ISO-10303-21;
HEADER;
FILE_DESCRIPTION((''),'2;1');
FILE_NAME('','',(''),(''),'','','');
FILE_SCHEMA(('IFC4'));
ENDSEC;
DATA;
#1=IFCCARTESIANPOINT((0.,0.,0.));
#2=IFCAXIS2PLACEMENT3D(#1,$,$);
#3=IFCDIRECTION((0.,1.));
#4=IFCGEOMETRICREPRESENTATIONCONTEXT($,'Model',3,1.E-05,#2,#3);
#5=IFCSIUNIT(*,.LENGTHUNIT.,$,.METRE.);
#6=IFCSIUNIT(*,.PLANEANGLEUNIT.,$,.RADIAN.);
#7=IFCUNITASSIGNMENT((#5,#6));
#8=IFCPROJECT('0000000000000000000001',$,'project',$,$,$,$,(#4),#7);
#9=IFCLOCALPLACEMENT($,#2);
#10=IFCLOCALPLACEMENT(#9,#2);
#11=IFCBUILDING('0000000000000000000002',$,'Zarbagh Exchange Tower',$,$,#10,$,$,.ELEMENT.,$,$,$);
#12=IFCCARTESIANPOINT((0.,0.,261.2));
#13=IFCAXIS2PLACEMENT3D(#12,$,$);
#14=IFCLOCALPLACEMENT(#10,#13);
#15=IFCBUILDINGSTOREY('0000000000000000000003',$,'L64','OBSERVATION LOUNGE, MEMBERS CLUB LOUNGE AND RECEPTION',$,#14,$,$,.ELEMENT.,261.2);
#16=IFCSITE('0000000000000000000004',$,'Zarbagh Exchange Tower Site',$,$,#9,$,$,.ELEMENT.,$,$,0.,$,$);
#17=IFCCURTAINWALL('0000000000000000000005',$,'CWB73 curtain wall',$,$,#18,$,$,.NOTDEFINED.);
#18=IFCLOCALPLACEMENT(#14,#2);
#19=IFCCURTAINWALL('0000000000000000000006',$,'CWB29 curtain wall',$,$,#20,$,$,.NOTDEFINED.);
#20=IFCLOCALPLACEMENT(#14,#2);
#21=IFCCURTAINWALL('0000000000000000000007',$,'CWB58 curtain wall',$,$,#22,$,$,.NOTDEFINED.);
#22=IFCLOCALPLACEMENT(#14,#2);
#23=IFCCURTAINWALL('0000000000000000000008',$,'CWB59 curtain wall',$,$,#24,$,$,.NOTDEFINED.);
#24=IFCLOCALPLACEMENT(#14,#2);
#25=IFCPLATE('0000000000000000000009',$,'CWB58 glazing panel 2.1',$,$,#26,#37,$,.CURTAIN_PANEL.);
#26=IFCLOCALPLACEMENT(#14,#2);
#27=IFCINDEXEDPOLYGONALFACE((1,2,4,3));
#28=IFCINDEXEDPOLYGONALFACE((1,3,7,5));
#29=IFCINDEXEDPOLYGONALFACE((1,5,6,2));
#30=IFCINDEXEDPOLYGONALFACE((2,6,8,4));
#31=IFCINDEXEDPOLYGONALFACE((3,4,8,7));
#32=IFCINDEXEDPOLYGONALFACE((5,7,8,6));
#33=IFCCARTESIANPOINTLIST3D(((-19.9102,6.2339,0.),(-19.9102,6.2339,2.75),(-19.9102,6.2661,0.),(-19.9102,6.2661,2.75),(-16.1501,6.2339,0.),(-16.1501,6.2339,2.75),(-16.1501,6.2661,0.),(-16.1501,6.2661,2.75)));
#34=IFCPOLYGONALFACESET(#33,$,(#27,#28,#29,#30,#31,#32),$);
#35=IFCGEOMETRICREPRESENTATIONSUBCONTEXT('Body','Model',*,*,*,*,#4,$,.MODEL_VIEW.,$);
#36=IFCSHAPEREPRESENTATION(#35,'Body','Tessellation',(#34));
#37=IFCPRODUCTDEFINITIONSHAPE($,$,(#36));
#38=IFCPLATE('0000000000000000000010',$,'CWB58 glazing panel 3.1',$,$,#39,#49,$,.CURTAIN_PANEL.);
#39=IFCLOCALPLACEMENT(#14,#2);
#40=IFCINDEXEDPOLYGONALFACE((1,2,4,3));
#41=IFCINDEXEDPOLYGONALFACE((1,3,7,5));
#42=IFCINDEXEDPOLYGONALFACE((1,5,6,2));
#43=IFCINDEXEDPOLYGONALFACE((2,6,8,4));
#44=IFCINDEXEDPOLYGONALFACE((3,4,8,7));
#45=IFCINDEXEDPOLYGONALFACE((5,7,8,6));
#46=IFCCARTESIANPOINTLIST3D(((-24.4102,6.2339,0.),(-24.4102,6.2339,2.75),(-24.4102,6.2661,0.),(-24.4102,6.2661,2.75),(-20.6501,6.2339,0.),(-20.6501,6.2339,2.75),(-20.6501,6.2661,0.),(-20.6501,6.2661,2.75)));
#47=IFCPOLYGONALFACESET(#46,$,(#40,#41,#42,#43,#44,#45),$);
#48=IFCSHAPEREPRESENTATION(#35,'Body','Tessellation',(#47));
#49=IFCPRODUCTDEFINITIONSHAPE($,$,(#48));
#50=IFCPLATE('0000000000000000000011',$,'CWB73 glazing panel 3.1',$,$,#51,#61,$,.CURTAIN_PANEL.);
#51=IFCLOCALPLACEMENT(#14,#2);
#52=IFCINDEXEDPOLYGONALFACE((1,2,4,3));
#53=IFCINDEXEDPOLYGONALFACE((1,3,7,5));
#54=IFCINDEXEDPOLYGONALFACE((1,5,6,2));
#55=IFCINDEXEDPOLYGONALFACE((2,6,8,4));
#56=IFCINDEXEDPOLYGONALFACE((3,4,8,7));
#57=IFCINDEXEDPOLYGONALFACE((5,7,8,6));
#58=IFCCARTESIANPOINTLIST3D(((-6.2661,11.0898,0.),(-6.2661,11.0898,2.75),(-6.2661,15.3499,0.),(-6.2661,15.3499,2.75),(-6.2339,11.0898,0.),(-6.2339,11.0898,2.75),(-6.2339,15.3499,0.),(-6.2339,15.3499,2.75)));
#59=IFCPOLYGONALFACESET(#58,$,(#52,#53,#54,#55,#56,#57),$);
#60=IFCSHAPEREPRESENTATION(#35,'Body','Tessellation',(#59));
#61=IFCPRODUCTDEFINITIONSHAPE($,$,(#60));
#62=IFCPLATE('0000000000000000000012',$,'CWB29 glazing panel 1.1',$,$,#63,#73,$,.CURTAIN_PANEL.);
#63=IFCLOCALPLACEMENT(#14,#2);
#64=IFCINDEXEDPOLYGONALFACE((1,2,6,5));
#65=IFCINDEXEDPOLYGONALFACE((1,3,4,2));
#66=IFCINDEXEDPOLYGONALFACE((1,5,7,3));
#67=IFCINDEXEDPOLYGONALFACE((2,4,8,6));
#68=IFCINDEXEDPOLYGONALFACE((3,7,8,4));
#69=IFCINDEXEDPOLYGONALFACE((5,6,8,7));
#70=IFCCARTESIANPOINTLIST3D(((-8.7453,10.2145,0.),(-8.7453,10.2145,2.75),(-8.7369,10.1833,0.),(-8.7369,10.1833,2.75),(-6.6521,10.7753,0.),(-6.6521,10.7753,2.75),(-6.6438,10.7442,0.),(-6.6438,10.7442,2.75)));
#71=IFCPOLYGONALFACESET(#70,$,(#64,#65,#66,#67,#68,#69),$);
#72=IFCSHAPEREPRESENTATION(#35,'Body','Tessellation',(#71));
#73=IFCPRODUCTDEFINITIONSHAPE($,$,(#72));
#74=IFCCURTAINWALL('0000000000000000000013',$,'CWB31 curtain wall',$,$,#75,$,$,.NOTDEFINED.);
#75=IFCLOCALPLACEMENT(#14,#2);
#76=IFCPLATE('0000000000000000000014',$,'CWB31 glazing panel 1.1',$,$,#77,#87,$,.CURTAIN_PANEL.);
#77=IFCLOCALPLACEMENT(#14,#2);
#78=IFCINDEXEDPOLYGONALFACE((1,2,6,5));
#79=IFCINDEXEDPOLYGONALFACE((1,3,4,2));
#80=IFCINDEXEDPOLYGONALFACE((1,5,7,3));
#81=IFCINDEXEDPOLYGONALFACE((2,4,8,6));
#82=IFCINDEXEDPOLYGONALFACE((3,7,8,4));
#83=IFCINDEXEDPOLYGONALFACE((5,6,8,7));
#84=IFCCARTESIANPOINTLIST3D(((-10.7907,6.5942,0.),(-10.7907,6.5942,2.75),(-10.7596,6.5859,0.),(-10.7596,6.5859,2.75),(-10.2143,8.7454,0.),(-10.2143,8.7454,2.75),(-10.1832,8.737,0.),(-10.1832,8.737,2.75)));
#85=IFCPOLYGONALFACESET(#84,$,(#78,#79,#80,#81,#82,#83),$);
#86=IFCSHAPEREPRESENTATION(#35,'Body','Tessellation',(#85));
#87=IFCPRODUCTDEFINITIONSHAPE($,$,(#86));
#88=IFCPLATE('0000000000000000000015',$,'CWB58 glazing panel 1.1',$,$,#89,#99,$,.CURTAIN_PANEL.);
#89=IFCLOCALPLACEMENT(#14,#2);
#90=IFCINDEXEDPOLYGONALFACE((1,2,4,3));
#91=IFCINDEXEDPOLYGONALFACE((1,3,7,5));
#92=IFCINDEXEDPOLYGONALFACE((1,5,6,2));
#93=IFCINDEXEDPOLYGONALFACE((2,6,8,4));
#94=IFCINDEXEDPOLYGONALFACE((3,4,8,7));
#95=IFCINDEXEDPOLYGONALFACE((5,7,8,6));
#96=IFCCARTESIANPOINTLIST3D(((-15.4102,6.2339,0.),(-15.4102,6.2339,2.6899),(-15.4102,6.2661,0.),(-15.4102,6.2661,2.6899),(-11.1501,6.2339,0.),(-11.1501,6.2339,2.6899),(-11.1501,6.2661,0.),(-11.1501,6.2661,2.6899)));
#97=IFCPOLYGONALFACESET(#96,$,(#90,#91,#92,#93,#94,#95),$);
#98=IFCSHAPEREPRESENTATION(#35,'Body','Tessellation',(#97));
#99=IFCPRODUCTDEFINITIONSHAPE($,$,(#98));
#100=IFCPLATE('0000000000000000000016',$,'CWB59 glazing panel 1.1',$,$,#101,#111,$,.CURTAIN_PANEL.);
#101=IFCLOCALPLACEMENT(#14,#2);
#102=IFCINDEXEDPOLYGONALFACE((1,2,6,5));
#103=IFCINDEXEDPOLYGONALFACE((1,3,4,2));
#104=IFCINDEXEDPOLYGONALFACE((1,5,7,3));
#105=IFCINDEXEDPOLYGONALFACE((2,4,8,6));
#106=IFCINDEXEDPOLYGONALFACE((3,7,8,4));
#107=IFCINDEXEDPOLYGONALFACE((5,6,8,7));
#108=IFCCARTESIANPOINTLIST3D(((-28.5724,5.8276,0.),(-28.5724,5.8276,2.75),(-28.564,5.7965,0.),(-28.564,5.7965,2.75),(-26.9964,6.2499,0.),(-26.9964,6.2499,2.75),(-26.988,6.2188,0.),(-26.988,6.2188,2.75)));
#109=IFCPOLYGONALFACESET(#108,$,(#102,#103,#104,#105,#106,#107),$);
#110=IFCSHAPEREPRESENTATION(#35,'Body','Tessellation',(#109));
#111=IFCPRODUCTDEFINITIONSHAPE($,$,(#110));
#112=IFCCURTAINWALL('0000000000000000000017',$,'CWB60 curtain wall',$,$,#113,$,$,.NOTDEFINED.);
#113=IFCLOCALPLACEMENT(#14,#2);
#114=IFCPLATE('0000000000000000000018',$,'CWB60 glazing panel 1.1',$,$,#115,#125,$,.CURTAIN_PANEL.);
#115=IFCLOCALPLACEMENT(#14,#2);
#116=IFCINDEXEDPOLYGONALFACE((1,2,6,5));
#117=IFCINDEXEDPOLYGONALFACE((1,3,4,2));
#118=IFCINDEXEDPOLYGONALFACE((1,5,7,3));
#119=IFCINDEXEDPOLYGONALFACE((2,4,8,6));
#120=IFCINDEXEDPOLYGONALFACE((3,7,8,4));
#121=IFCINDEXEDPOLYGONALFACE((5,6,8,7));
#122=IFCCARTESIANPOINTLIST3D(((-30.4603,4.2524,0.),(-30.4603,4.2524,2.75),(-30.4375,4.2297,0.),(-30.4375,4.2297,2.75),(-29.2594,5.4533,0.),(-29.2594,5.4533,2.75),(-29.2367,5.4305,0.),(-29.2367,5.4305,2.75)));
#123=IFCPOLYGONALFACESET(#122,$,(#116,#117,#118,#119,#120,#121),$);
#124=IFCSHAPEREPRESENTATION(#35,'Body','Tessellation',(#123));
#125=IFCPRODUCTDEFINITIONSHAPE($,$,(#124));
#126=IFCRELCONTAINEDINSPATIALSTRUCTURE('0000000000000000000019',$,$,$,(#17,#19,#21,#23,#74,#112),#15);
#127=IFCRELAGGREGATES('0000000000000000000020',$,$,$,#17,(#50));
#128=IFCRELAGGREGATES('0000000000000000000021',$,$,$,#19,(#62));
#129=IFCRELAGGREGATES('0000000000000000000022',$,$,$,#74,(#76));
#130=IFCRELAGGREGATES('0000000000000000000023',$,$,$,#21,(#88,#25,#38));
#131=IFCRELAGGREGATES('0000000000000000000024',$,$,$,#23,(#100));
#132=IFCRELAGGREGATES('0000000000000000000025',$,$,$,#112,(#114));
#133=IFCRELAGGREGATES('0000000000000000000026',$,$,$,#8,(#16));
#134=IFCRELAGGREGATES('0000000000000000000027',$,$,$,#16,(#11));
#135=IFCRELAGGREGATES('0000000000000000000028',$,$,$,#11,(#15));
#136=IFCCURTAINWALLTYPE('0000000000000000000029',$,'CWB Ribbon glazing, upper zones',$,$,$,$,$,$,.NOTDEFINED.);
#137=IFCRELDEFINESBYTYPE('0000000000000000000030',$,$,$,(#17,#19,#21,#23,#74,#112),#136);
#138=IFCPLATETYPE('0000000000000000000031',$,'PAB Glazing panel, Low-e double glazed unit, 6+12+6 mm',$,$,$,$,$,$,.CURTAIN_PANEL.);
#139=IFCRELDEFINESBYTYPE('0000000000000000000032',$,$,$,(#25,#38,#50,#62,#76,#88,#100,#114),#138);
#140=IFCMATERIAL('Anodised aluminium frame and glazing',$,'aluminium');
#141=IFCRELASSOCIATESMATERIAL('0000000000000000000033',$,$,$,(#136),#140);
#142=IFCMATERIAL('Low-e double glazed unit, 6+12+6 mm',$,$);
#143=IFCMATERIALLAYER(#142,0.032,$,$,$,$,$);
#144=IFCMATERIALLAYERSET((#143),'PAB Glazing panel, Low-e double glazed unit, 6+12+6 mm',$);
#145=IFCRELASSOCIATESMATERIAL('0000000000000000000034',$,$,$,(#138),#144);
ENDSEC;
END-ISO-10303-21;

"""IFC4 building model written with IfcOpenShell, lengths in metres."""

from ifc_helpers import new_model, si_unit, direction, frame, origin, place, context, subcontext, project, spatial, polyline, outline, extrude, source, transform, mapped, material, layer, layer_set, type_object, element, aggregate, save


model = new_model("IFC4")

# Units and contexts
model_context = context("Model", 3, precision=1e-05, world=origin(), true_north=direction((0.0, 1.0)))
body_context = subcontext(model_context, "Body", "Model", "MODEL_VIEW")
ifc_project = project(units=[si_unit("LENGTHUNIT", "METRE"), si_unit("PLANEANGLEUNIT", "RADIAN")], contexts=[model_context])

# Site, building, storey
site_placement = place(None, origin())
site = spatial("IfcSite", under=ifc_project, at=site_placement, Name="Zarbagh Exchange Tower Site", CompositionType="ELEMENT", RefElevation=0.0)
building_placement = place(site_placement, origin())
building = spatial("IfcBuilding", under=site, at=building_placement, Name="Zarbagh Exchange Tower", CompositionType="ELEMENT")
storey_placement = place(building_placement, frame((0.0, 0.0, 261.2)))
storey = spatial("IfcBuildingStorey", under=building, at=storey_placement, Name="L64", Description="OBSERVATION LOUNGE, MEMBERS CLUB LOUNGE AND RECEPTION", CompositionType="ELEMENT", Elevation=261.2)

# Curtain walls
ifc_material_1 = material(Name="Anodised aluminium frame and glazing", Category="aluminium")
curtain_wall_type = type_object("IfcCurtainWallType", Name="CWB Ribbon glazing, upper zones", PredefinedType="NOTDEFINED", material=ifc_material_1)
curtain_wall_1_placement = place(storey_placement, origin())
curtain_wall_1 = element("IfcCurtainWall", 1, at=curtain_wall_1_placement, inside=storey, type_object=curtain_wall_type, Name="CWB73 curtain wall", PredefinedType="NOTDEFINED")
placement = place(storey_placement, origin())
curtain_wall_2_placement = place(storey_placement, origin())
curtain_wall_2 = element("IfcCurtainWall", 2, at=curtain_wall_2_placement, inside=storey, type_object=curtain_wall_type, Name="CWB29 curtain wall", PredefinedType="NOTDEFINED")

# Curtain wall
curtain_wall_3_placement = place(storey_placement, origin())
curtain_wall_3 = element("IfcCurtainWall", 3, at=curtain_wall_3_placement, inside=storey, type_object=curtain_wall_type, Name="CWB58 curtain wall", PredefinedType="NOTDEFINED")

# Curtain wall
curtain_wall_4_placement = place(storey_placement, origin())
curtain_wall_4 = element("IfcCurtainWall", 4, at=curtain_wall_4_placement, inside=storey, type_object=curtain_wall_type, Name="CWB59 curtain wall", PredefinedType="NOTDEFINED")

# Shared definitions
ifc_material_2 = material(Name="Low-e double glazed unit, 6+12+6 mm")
ifc_layer = layer(ifc_material_2, 0.032)
ifc_layer_set = layer_set([ifc_layer], Name="PAB Glazing panel, Low-e double glazed unit, 6+12+6 mm")
plate_type = type_object("IfcPlateType", Name="PAB Glazing panel, Low-e double glazed unit, 6+12+6 mm", PredefinedType="CURTAIN_PANEL", material=ifc_layer_set)

# Plates
shared_shape_1 = source(origin(), body_context, "Body", "SweptSolid", [
    extrude(outline(polyline([(0.0, -0.0161), (3.76, -0.0161), (3.76, 0.0161), (0.0, 0.0161), (0.0, -0.0161)])), origin(), (0.0, 0.0, 1.0), 2.75),
])
plate_1 = element("IfcPlate", 5, at=placement, type_object=plate_type, Name="CWB58 glazing panel 2.1", PredefinedType="CURTAIN_PANEL", context=body_context, shape_type="MappedRepresentation", body=[
    mapped(shared_shape_1, transform((-16.1501, 6.25, 0.0), x_axis=(-1.0, 0.0, 0.0), y_axis=(0.0, -1.0, 0.0), z_axis=(0.0, 0.0, 1.0))),
])
plate_2 = element("IfcPlate", 6, at=placement, type_object=plate_type, Name="CWB58 glazing panel 3.1", PredefinedType="CURTAIN_PANEL", context=body_context, shape_type="MappedRepresentation", body=[
    mapped(shared_shape_1, transform((-20.6501, 6.25, 0.0), x_axis=(-1.0, 0.0, 0.0), y_axis=(0.0, -1.0, 0.0), z_axis=(0.0, 0.0, 1.0))),
])
shared_shape_2 = source(origin(), body_context, "Body", "SweptSolid", [
    extrude(outline(polyline([(0.0, -0.0161), (4.26, -0.0161), (4.26, 0.0161), (0.0, 0.0161), (0.0, -0.0161)])), origin(), (0.0, 0.0, 1.0), 2.75),
])
plate_3 = element("IfcPlate", 7, at=placement, type_object=plate_type, Name="CWB73 glazing panel 3.1", PredefinedType="CURTAIN_PANEL", context=body_context, shape_type="MappedRepresentation", body=[
    mapped(shared_shape_2, transform((-6.25, 15.3499, 0.0), x_axis=(0.0, -1.0, 0.0), y_axis=(1.0, 0.0, 0.0), z_axis=(0.0, 0.0, 1.0))),
])
aggregate(curtain_wall_1, [plate_3])
shared_shape_3 = source(origin(), body_context, "Body", "SweptSolid", [
    extrude(outline(polyline([(0.0, -0.0161), (2.167, -0.0161), (2.167, 0.0161), (0.0, 0.0161), (0.0, -0.0161)])), origin(), (0.0, 0.0, 1.0), 2.75),
])
plate_4 = element("IfcPlate", 8, at=placement, type_object=plate_type, Name="CWB29 glazing panel 1.1", PredefinedType="CURTAIN_PANEL", context=body_context, shape_type="MappedRepresentation", body=[
    mapped(shared_shape_3, transform((-6.6479, 10.7598, 0.0), x_axis=(-0.965924, -0.258825, 0.0), y_axis=(0.258825, -0.965924, 0.0), z_axis=(0.0, 0.0, 1.0))),
])
aggregate(curtain_wall_2, [plate_4])

# Curtain wall, plate
curtain_wall_5_placement = place(storey_placement, origin())
curtain_wall_5 = element("IfcCurtainWall", 9, at=curtain_wall_5_placement, inside=storey, type_object=curtain_wall_type, Name="CWB31 curtain wall", PredefinedType="NOTDEFINED")
shared_shape_4 = source(origin(), body_context, "Body", "SweptSolid", [
    extrude(outline(polyline([(0.0, -0.0161), (2.2271, -0.0161), (2.2271, 0.0161), (0.0, 0.0161), (0.0, -0.0161)])), origin(), (0.0, 0.0, 1.0), 2.75),
])
plate_5 = element("IfcPlate", 10, at=placement, type_object=plate_type, Name="CWB31 glazing panel 1.1", PredefinedType="CURTAIN_PANEL", context=body_context, shape_type="MappedRepresentation", body=[
    mapped(shared_shape_4, transform((-10.1987, 8.7412, 0.0), x_axis=(-0.258825, -0.965924, 0.0), y_axis=(0.965924, -0.258825, 0.0), z_axis=(0.0, 0.0, 1.0))),
])
aggregate(curtain_wall_5, [plate_5])

# Plates
shared_shape_5 = source(origin(), body_context, "Body", "SweptSolid", [
    extrude(outline(polyline([(0.0, -0.0161), (4.26, -0.0161), (4.26, 0.0161), (0.0, 0.0161), (0.0, -0.0161)])), origin(), (0.0, 0.0, 1.0), 2.6899),
])
plate_6 = element("IfcPlate", 11, at=placement, type_object=plate_type, Name="CWB58 glazing panel 1.1", PredefinedType="CURTAIN_PANEL", context=body_context, shape_type="MappedRepresentation", body=[
    mapped(shared_shape_5, transform((-11.1501, 6.25, 0.0), x_axis=(-1.0, 0.0, 0.0), y_axis=(0.0, -1.0, 0.0), z_axis=(0.0, 0.0, 1.0))),
])
aggregate(curtain_wall_3, [plate_6, plate_1, plate_2])
shared_shape_6 = source(origin(), body_context, "Body", "SweptSolid", [
    extrude(outline(polyline([(0.0, -0.0161), (1.6316, -0.0161), (1.6316, 0.0161), (0.0, 0.0161), (0.0, -0.0161)])), origin(), (0.0, 0.0, 1.0), 2.75),
])
plate_7 = element("IfcPlate", 12, at=placement, type_object=plate_type, Name="CWB59 glazing panel 1.1", PredefinedType="CURTAIN_PANEL", context=body_context, shape_type="MappedRepresentation", body=[
    mapped(shared_shape_6, transform((-26.9922, 6.2344, 0.0), x_axis=(-0.965924, -0.258825, 0.0), y_axis=(0.258825, -0.965924, 0.0), z_axis=(0.0, 0.0, 1.0))),
])
aggregate(curtain_wall_4, [plate_7])

# Curtain wall, plate
curtain_wall_6_placement = place(storey_placement, origin())
curtain_wall_6 = element("IfcCurtainWall", 13, at=curtain_wall_6_placement, inside=storey, type_object=curtain_wall_type, Name="CWB60 curtain wall", PredefinedType="NOTDEFINED")
shared_shape_7 = source(origin(), body_context, "Body", "SweptSolid", [
    extrude(outline(polyline([(0.0, -0.0161), (1.6982, -0.0161), (1.6982, 0.0161), (0.0, 0.0161), (0.0, -0.0161)])), origin(), (0.0, 0.0, 1.0), 2.75),
])
plate_8 = element("IfcPlate", 14, at=placement, type_object=plate_type, Name="CWB60 glazing panel 1.1", PredefinedType="CURTAIN_PANEL", context=body_context, shape_type="MappedRepresentation", body=[
    mapped(shared_shape_7, transform((-29.248, 5.4419, 0.0), x_axis=(-0.707107, -0.707107, 0.0), y_axis=(0.707107, -0.707107, 0.0), z_axis=(0.0, 0.0, 1.0))),
])
aggregate(curtain_wall_6, [plate_8])

save(model, "model.ifc")
